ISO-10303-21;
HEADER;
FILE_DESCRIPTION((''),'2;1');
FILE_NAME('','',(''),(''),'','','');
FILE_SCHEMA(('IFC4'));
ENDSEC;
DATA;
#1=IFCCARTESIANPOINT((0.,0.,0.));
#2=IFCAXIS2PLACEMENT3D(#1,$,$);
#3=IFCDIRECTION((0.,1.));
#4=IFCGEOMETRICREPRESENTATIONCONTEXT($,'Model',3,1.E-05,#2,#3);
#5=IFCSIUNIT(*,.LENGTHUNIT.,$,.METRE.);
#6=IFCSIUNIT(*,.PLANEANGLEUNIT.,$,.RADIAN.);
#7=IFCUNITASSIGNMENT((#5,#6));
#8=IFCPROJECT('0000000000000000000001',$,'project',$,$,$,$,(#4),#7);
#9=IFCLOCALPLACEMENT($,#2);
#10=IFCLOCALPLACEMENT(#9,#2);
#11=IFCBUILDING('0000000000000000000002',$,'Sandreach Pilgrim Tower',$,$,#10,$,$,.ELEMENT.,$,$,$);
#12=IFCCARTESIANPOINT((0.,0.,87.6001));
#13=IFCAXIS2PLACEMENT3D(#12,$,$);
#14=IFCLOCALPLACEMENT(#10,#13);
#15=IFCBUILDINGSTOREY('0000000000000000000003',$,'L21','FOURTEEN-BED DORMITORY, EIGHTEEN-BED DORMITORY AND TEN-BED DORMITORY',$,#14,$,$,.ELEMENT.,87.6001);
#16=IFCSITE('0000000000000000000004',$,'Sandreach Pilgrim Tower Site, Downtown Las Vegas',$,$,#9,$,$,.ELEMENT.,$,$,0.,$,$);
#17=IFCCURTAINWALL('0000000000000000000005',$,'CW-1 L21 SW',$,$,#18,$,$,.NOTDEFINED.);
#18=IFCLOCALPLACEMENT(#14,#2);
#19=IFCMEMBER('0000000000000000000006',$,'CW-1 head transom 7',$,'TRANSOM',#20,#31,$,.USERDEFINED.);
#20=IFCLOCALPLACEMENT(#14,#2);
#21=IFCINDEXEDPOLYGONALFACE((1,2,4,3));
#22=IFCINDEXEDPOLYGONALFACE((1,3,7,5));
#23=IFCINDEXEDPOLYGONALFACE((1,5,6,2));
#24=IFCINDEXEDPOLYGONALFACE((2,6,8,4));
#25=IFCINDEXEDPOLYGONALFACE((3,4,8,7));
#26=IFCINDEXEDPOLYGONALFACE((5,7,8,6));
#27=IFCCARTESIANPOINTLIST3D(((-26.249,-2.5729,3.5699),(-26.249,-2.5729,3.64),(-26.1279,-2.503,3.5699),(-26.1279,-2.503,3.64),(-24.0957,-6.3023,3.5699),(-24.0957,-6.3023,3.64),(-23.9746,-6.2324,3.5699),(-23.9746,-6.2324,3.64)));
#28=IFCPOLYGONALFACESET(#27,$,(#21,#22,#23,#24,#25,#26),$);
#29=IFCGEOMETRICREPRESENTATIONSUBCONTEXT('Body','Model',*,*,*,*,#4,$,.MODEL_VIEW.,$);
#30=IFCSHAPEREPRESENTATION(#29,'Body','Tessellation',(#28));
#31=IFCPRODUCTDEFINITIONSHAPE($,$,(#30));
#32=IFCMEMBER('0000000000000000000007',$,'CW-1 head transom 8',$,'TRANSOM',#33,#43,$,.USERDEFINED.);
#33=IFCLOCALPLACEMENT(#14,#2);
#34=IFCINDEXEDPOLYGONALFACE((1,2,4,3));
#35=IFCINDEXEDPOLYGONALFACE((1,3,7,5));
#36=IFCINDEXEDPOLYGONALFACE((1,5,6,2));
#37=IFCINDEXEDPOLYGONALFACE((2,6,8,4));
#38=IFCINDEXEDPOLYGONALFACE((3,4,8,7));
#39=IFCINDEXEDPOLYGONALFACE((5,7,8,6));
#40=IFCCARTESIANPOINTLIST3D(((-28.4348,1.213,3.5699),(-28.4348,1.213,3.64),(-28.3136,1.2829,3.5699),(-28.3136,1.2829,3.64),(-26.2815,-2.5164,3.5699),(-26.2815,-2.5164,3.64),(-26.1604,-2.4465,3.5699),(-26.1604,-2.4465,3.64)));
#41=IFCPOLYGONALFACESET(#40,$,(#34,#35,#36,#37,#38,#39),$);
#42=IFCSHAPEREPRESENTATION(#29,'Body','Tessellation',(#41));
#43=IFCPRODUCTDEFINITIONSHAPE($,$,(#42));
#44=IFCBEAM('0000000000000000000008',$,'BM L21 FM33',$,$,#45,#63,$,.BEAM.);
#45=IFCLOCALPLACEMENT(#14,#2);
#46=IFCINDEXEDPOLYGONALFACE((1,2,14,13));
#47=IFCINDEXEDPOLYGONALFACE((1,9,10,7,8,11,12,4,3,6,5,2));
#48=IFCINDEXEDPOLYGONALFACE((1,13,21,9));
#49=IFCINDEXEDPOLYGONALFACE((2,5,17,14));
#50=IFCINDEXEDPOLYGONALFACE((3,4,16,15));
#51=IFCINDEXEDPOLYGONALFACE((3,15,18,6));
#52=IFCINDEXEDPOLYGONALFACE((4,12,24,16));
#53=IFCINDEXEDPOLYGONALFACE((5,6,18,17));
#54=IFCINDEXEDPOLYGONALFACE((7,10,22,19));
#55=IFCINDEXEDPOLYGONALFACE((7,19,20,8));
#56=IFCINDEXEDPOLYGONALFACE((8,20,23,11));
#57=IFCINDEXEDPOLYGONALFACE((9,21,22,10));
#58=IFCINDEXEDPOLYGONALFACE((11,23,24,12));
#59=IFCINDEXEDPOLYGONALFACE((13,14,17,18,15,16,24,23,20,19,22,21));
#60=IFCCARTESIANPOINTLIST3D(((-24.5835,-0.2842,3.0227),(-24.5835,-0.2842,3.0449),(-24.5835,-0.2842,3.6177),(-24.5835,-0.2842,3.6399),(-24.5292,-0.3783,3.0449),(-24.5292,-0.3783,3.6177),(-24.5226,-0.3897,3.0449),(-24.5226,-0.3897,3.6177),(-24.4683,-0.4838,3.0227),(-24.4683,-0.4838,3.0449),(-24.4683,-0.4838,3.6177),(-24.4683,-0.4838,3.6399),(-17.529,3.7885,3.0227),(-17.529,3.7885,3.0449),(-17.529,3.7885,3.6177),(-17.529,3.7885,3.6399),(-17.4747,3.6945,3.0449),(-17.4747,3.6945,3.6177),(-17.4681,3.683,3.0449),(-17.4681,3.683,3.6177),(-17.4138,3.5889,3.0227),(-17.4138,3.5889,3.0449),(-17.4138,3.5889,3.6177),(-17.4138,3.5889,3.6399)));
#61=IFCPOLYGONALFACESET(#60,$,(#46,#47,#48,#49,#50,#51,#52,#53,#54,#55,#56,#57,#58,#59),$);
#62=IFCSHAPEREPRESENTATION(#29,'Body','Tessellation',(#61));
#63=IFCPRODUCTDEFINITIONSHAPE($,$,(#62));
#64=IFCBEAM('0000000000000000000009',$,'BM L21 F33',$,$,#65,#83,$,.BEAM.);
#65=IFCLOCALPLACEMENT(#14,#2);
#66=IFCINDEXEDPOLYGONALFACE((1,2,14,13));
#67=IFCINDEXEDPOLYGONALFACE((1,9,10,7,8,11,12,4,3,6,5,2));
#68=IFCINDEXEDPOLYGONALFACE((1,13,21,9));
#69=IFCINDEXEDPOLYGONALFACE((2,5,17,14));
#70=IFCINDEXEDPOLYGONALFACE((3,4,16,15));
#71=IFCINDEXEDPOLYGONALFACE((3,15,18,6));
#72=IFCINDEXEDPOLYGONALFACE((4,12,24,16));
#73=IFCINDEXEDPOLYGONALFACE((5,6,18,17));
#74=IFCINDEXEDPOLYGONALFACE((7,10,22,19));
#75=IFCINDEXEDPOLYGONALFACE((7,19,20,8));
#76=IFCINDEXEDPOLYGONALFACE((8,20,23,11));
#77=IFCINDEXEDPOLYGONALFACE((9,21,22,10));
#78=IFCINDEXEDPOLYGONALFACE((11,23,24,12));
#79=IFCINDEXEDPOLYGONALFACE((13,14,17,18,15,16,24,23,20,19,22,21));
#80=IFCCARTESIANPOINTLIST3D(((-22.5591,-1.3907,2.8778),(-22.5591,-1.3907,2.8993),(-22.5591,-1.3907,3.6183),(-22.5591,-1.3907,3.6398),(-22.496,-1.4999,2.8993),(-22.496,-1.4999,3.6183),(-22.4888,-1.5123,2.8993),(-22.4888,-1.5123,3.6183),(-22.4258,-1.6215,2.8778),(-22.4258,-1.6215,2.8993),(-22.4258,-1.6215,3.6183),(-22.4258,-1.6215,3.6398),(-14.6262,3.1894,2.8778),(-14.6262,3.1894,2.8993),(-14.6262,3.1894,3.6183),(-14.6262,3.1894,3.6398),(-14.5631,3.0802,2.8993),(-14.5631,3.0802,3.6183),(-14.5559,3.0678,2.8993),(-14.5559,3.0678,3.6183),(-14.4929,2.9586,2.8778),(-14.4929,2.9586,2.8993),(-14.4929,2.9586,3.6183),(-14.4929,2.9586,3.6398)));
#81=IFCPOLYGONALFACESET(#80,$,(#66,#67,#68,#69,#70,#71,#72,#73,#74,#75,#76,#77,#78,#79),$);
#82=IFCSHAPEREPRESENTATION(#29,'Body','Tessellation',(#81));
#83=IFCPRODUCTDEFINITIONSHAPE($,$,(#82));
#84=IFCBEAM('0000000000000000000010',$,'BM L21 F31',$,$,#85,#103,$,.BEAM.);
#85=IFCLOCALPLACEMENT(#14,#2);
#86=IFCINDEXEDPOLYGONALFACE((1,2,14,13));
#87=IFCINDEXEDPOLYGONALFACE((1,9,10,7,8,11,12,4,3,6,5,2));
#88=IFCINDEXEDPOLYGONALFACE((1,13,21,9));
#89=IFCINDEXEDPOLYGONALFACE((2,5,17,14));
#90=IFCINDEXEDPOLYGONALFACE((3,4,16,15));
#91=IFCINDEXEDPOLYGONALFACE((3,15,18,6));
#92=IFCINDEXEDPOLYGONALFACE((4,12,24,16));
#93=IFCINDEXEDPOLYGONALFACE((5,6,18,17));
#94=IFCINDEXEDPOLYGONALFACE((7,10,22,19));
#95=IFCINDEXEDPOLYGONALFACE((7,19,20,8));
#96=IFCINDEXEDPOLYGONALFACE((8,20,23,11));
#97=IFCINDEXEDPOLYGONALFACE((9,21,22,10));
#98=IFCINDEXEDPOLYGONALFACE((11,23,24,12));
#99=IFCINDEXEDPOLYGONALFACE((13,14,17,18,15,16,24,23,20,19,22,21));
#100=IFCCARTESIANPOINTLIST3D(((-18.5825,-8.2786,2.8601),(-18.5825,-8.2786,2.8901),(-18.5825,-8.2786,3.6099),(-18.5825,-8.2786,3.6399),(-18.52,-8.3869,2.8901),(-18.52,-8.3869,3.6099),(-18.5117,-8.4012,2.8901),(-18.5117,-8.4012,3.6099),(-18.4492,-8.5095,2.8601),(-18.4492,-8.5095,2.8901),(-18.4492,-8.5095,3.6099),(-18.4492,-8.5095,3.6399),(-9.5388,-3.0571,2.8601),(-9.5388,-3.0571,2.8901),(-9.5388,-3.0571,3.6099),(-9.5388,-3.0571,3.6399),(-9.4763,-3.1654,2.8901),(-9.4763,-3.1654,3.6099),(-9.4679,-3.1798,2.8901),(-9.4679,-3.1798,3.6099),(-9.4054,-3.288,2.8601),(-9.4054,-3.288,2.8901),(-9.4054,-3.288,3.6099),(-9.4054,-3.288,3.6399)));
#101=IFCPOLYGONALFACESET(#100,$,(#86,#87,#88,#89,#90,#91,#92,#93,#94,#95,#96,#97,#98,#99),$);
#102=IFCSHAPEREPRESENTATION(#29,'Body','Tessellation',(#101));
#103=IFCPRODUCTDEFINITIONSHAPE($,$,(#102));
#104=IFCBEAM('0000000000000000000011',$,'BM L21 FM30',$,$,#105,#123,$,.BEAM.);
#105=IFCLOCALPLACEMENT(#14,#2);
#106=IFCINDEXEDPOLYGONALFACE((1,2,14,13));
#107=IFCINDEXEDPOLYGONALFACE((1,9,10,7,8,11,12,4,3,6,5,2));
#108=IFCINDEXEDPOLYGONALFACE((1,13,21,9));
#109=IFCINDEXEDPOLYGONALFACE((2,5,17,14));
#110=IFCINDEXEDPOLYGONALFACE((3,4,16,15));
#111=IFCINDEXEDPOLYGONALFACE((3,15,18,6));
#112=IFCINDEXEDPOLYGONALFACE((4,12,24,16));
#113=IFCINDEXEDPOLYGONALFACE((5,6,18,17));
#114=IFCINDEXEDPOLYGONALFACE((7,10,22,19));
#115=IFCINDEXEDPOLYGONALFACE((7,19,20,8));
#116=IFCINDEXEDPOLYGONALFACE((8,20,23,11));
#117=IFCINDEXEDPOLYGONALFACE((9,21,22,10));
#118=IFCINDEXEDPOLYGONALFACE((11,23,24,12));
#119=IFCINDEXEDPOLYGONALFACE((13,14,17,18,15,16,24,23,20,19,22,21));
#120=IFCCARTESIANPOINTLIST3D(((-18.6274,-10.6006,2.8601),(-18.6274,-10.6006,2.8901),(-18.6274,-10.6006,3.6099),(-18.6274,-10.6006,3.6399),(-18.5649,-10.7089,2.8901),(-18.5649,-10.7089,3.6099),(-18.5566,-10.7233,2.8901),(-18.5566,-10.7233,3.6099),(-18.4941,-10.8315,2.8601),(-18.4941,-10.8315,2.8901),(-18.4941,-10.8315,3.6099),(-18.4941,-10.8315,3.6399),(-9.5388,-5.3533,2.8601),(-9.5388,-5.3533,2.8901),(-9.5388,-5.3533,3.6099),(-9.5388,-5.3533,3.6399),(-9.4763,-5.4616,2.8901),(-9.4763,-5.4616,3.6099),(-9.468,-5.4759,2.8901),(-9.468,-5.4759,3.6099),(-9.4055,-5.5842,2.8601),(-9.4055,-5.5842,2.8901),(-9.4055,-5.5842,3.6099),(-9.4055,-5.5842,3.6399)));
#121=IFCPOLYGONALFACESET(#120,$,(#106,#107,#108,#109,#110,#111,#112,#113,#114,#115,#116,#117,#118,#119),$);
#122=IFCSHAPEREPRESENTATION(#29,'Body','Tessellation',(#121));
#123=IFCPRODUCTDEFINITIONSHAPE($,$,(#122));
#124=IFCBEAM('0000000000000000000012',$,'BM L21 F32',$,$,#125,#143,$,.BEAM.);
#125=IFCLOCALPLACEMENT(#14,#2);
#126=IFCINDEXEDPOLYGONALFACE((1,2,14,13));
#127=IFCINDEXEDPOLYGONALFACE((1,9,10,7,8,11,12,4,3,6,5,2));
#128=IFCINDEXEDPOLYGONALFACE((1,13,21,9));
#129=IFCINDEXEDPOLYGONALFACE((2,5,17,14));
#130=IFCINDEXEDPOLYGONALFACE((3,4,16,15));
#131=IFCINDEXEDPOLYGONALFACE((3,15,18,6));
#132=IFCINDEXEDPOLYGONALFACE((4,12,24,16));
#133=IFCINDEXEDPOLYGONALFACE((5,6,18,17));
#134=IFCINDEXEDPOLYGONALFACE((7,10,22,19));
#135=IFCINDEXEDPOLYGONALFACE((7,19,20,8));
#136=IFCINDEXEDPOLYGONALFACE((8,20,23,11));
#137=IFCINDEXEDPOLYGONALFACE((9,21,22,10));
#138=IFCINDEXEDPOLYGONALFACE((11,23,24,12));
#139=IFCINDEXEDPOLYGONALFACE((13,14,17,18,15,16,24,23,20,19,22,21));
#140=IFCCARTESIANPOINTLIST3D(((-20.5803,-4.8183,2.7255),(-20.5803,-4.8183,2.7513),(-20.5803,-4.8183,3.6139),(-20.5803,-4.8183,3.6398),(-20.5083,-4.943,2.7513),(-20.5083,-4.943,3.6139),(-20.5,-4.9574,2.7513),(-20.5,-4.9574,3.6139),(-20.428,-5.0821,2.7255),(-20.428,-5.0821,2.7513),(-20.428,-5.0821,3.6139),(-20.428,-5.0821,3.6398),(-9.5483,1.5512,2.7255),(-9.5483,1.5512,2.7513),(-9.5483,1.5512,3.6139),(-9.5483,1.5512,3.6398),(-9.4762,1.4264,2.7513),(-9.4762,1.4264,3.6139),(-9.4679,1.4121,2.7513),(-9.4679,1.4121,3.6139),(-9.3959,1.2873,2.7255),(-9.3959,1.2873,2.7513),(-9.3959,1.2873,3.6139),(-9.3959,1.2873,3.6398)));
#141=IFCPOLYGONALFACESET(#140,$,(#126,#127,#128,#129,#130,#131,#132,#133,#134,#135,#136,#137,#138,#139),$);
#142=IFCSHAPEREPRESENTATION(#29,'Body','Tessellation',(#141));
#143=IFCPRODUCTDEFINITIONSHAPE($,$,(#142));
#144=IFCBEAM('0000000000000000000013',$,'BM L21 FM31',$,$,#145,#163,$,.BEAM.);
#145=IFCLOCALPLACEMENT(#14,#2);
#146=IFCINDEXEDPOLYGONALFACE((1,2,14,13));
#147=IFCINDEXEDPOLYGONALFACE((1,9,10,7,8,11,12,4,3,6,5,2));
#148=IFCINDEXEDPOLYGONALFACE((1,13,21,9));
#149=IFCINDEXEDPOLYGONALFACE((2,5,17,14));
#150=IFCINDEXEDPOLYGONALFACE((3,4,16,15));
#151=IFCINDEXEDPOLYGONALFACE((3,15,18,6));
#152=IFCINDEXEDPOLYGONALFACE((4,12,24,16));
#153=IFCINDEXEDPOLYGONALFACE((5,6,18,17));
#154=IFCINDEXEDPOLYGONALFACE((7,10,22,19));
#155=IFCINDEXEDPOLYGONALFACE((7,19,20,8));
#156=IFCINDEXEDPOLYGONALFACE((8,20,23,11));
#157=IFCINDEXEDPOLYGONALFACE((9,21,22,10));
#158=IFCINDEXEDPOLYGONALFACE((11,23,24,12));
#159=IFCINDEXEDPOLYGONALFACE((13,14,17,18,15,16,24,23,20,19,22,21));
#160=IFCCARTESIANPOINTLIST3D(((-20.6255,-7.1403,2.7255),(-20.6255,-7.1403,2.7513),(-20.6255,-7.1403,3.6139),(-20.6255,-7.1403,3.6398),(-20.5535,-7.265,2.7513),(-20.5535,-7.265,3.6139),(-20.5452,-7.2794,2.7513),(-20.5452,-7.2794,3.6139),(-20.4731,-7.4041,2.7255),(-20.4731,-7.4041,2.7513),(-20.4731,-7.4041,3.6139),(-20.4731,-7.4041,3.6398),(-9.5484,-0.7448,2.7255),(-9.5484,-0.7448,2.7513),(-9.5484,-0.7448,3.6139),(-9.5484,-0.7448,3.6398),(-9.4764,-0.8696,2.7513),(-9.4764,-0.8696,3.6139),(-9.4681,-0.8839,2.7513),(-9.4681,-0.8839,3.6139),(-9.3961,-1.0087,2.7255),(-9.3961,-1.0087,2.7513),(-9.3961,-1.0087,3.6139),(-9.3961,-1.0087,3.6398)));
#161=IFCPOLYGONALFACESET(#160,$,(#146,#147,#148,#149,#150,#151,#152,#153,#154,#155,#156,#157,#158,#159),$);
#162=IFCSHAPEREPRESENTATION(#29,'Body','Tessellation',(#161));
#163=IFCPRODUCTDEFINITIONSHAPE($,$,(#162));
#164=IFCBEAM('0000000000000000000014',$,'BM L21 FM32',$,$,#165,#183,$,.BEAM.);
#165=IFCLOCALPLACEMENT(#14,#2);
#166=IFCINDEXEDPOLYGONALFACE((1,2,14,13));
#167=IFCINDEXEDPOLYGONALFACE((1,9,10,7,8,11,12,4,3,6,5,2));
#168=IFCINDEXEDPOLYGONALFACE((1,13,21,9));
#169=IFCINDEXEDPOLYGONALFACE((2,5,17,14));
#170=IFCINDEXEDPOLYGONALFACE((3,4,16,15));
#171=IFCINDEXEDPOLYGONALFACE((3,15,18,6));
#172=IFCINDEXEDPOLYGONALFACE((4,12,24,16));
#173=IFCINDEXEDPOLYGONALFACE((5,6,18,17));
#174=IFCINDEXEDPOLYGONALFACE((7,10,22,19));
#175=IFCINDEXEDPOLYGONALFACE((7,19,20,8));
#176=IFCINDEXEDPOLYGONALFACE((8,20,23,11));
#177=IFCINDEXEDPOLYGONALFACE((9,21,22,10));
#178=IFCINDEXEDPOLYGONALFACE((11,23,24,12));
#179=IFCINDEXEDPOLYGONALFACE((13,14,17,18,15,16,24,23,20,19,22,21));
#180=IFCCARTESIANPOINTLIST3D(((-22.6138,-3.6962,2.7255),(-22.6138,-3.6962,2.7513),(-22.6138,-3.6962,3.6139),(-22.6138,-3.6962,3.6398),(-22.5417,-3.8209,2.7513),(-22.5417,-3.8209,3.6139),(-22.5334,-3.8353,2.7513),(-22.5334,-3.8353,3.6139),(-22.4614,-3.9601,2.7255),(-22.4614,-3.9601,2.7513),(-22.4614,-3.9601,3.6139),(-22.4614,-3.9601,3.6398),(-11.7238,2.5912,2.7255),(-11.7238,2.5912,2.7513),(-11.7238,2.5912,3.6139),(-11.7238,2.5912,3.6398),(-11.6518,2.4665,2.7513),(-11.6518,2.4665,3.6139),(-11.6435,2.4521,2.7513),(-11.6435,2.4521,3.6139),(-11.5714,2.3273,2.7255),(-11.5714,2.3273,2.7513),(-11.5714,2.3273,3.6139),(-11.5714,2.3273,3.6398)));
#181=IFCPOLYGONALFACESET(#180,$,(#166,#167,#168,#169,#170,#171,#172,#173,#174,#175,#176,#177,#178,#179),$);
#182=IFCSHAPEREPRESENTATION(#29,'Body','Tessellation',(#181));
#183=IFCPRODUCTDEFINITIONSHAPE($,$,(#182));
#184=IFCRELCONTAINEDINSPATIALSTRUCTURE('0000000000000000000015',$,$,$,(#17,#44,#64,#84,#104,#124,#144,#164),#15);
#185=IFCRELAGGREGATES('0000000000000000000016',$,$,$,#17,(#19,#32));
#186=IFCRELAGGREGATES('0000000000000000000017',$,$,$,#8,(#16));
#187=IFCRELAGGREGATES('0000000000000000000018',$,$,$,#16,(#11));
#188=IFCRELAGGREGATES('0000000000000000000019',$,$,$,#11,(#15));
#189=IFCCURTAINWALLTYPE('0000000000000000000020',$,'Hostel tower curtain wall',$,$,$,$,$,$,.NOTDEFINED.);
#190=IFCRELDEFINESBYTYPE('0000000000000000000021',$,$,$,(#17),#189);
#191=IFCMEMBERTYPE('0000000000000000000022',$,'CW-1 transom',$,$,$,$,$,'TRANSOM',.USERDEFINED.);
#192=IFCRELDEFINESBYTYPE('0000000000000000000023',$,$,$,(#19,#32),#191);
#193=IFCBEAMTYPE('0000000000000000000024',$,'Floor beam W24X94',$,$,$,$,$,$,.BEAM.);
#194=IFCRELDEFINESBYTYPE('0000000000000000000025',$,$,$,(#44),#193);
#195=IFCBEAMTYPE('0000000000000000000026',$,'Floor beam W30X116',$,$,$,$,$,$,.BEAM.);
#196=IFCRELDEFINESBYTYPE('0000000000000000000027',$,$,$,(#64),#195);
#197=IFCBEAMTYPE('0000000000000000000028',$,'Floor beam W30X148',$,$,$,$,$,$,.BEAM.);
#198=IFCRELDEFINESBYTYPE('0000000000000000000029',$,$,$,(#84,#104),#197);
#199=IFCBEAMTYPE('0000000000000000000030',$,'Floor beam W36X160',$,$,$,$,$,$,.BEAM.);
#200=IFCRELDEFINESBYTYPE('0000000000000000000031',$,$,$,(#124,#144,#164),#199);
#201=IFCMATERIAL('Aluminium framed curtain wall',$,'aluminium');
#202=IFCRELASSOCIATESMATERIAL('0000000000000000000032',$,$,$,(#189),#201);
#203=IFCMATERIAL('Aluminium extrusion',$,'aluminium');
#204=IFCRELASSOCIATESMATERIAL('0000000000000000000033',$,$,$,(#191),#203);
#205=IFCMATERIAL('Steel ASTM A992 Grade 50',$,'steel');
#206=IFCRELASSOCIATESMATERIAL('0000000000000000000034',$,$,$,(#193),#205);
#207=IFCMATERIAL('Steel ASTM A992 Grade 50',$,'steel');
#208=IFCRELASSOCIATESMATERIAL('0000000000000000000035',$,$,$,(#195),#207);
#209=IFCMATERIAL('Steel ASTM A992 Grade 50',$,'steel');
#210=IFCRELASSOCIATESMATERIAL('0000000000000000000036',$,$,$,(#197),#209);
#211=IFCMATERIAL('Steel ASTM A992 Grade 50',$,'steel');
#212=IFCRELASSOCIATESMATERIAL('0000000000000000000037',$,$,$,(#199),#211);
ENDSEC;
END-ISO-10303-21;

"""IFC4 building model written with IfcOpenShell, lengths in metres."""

from ifc_helpers import new_model, si_unit, direction, frame, origin, origin_2d, place, context, subcontext, project, spatial, rectangle, i_section, extrude, material, material_profile, profile_set, type_object, element, aggregate, save


model = new_model("IFC4")

# Units and contexts
model_context = context("Model", 3, precision=1e-05, world=origin(), true_north=direction((0.0, 1.0)))
body_context = subcontext(model_context, "Body", "Model", "MODEL_VIEW")
ifc_project = project(units=[si_unit("LENGTHUNIT", "METRE"), si_unit("PLANEANGLEUNIT", "RADIAN")], contexts=[model_context])

# Site, building, storey
site_placement = place(None, origin())
site = spatial("IfcSite", under=ifc_project, at=site_placement, Name="Sandreach Pilgrim Tower Site, Downtown Las Vegas", CompositionType="ELEMENT", RefElevation=0.0)
building_placement = place(site_placement, origin())
building = spatial("IfcBuilding", under=site, at=building_placement, Name="Sandreach Pilgrim Tower", CompositionType="ELEMENT")
storey_placement = place(building_placement, frame((0.0, 0.0, 87.6001)))
storey = spatial("IfcBuildingStorey", under=building, at=storey_placement, Name="L21", Description="FOURTEEN-BED DORMITORY, EIGHTEEN-BED DORMITORY AND TEN-BED DORMITORY", CompositionType="ELEMENT", Elevation=87.6001)

# Curtain wall, members
ifc_material_1 = material(Name="Aluminium framed curtain wall", Category="aluminium")
curtain_wall_type = type_object("IfcCurtainWallType", Name="Hostel tower curtain wall", PredefinedType="NOTDEFINED", material=ifc_material_1)
curtain_wall_placement = place(storey_placement, origin())
curtain_wall = element("IfcCurtainWall", 1, at=curtain_wall_placement, inside=storey, type_object=curtain_wall_type, Name="CW-1 L21 SW", PredefinedType="NOTDEFINED")
ifc_material_2 = material(Name="Aluminium extrusion", Category="aluminium")
ifc_material_profile_1 = material_profile(ifc_material_2, rectangle(XDim=0.1399, YDim=0.0701, at=origin_2d()), Name="CW-1T 140X70")
ifc_profile_set_1 = profile_set([ifc_material_profile_1], Name="Aluminium extrusion")
member_type_1 = type_object("IfcMemberType", Name="CW-1 transom", ElementType="TRANSOM", PredefinedType="USERDEFINED", material=ifc_profile_set_1)
member_1_placement = place(storey_placement, frame((-24.0352, -6.2673, 3.605), z_axis=(-0.500017, 0.866016, 0.0), x_axis=(-0.866016, -0.500017, 0.0)))
member_1 = element("IfcMember", 2, at=member_1_placement, type_object=member_type_1, Name="CW-1 head transom 7", ObjectType="TRANSOM", PredefinedType="USERDEFINED", context=body_context, shape_type="SweptSolid", body=[
    extrude(rectangle(XDim=0.1399, YDim=0.0701, at=origin_2d()), origin(), (0.0, 0.0, 1.0), 4.3064),
])
member_2_placement = place(storey_placement, frame((-26.2209, -2.4814, 3.605), z_axis=(-0.500017, 0.866016, 0.0), x_axis=(-0.866016, -0.500017, 0.0)))
member_2 = element("IfcMember", 3, at=member_2_placement, type_object=member_type_1, Name="CW-1 head transom 8", ObjectType="TRANSOM", PredefinedType="USERDEFINED", context=body_context, shape_type="SweptSolid", body=[
    extrude(rectangle(XDim=0.1399, YDim=0.0701, at=origin_2d()), origin(), (0.0, 0.0, 1.0), 4.3064),
])

# Beams
ifc_material_3 = material(Name="Steel ASTM A992 Grade 50", Category="steel")
ifc_material_profile_2 = material_profile(ifc_material_3, i_section(OverallWidth=0.2305, OverallDepth=0.6172, WebThickness=0.0132, FlangeThickness=0.0222, at=origin_2d()), Name="W24X94")
ifc_profile_set_2 = profile_set([ifc_material_profile_2], Name="Steel ASTM A992 Grade 50")
beam_type_1 = type_object("IfcBeamType", Name="Floor beam W24X94", PredefinedType="BEAM", material=ifc_profile_set_2)
beam_1_placement = place(storey_placement, frame((-24.5259, -0.384, 3.3313), z_axis=(0.866032, 0.499988, 0.0), x_axis=(-0.499988, 0.866032, 0.0)))
element("IfcBeam", 4, at=beam_1_placement, inside=storey, type_object=beam_type_1, Name="BM L21 FM33", PredefinedType="BEAM", context=body_context, shape_type="SweptSolid", body=[
    extrude(i_section(OverallWidth=0.2305, OverallDepth=0.6172, WebThickness=0.0132, FlangeThickness=0.0222, at=origin_2d()), origin(), (0.0, 0.0, 1.0), 8.1458),
])
ifc_material_4 = material(Name="Steel ASTM A992 Grade 50", Category="steel")
ifc_material_profile_3 = material_profile(ifc_material_4, i_section(OverallWidth=0.2666, OverallDepth=0.762, WebThickness=0.0144, FlangeThickness=0.0215, at=origin_2d()), Name="W30X116")
ifc_profile_set_3 = profile_set([ifc_material_profile_3], Name="Steel ASTM A992 Grade 50")
beam_type_2 = type_object("IfcBeamType", Name="Floor beam W30X116", PredefinedType="BEAM", material=ifc_profile_set_3)
beam_2_placement = place(storey_placement, frame((-22.4924, -1.5061, 3.2588), z_axis=(0.866024, 0.500003, 0.0), x_axis=(-0.500003, 0.866024, 0.0)))
element("IfcBeam", 5, at=beam_2_placement, inside=storey, type_object=beam_type_2, Name="BM L21 F33", PredefinedType="BEAM", context=body_context, shape_type="SweptSolid", body=[
    extrude(i_section(OverallWidth=0.2666, OverallDepth=0.762, WebThickness=0.0144, FlangeThickness=0.0215, at=origin_2d()), origin(), (0.0, 0.0, 1.0), 9.1602),
])
ifc_material_5 = material(Name="Steel ASTM A992 Grade 50", Category="steel")
ifc_material_profile_4 = material_profile(ifc_material_5, i_section(OverallWidth=0.2666, OverallDepth=0.7798, WebThickness=0.0166, FlangeThickness=0.03, at=origin_2d()), Name="W30X148")
ifc_profile_set_4 = profile_set([ifc_material_profile_4], Name="Steel ASTM A992 Grade 50")
beam_type_3 = type_object("IfcBeamType", Name="Floor beam W30X148", PredefinedType="BEAM", material=ifc_profile_set_4)
beam_3_placement = place(storey_placement, frame((-18.5159, -8.394, 3.25), z_axis=(0.866023, 0.500004, 0.0), x_axis=(-0.500004, 0.866023, 0.0)))
element("IfcBeam", 6, at=beam_3_placement, inside=storey, type_object=beam_type_3, Name="BM L21 F31", PredefinedType="BEAM", context=body_context, shape_type="SweptSolid", body=[
    extrude(i_section(OverallWidth=0.2666, OverallDepth=0.7798, WebThickness=0.0166, FlangeThickness=0.03, at=origin_2d()), origin(), (0.0, 0.0, 1.0), 10.4429),
])
beam_4_placement = place(storey_placement, frame((-18.5608, -10.7161, 3.25), z_axis=(0.866026, 0.5, 0.0), x_axis=(-0.5, 0.866026, 0.0)))
element("IfcBeam", 7, at=beam_4_placement, inside=storey, type_object=beam_type_3, Name="BM L21 FM30", PredefinedType="BEAM", context=body_context, shape_type="SweptSolid", body=[
    extrude(i_section(OverallWidth=0.2666, OverallDepth=0.7798, WebThickness=0.0166, FlangeThickness=0.03, at=origin_2d()), origin(), (0.0, 0.0, 1.0), 10.4946),
])
ifc_material_6 = material(Name="Steel ASTM A992 Grade 50", Category="steel")
ifc_material_profile_5 = material_profile(ifc_material_6, i_section(OverallWidth=0.3047, OverallDepth=0.9143, WebThickness=0.0166, FlangeThickness=0.0259, at=origin_2d()), Name="W36X160")
ifc_profile_set_5 = profile_set([ifc_material_profile_5], Name="Steel ASTM A992 Grade 50")
beam_type_4 = type_object("IfcBeamType", Name="Floor beam W36X160", PredefinedType="BEAM", material=ifc_profile_set_5)
beam_5_placement = place(storey_placement, frame((-20.5042, -4.9502, 3.1826), z_axis=(0.866023, 0.500004, 0.0), x_axis=(-0.500004, 0.866023, 0.0)))
element("IfcBeam", 8, at=beam_5_placement, inside=storey, type_object=beam_type_4, Name="BM L21 F32", PredefinedType="BEAM", context=body_context, shape_type="SweptSolid", body=[
    extrude(i_section(OverallWidth=0.3047, OverallDepth=0.9143, WebThickness=0.0166, FlangeThickness=0.0259, at=origin_2d()), origin(), (0.0, 0.0, 1.0), 12.7388),
])
beam_6_placement = place(storey_placement, frame((-20.5493, -7.2722, 3.1826), z_axis=(0.866022, 0.500007, 0.0), x_axis=(-0.500007, 0.866022, 0.0)))
element("IfcBeam", 9, at=beam_6_placement, inside=storey, type_object=beam_type_4, Name="BM L21 FM31", PredefinedType="BEAM", context=body_context, shape_type="SweptSolid", body=[
    extrude(i_section(OverallWidth=0.3047, OverallDepth=0.9143, WebThickness=0.0166, FlangeThickness=0.0259, at=origin_2d()), origin(), (0.0, 0.0, 1.0), 12.7908),
])
beam_7_placement = place(storey_placement, frame((-22.5376, -3.8281, 3.1826), z_axis=(0.866023, 0.500004, 0.0), x_axis=(-0.500004, 0.866023, 0.0)))
element("IfcBeam", 10, at=beam_7_placement, inside=storey, type_object=beam_type_4, Name="BM L21 FM32", PredefinedType="BEAM", context=body_context, shape_type="SweptSolid", body=[
    extrude(i_section(OverallWidth=0.3047, OverallDepth=0.9143, WebThickness=0.0166, FlangeThickness=0.0259, at=origin_2d()), origin(), (0.0, 0.0, 1.0), 12.5747),
])

aggregate(curtain_wall, [member_1, member_2])

save(model, "model.ifc")
